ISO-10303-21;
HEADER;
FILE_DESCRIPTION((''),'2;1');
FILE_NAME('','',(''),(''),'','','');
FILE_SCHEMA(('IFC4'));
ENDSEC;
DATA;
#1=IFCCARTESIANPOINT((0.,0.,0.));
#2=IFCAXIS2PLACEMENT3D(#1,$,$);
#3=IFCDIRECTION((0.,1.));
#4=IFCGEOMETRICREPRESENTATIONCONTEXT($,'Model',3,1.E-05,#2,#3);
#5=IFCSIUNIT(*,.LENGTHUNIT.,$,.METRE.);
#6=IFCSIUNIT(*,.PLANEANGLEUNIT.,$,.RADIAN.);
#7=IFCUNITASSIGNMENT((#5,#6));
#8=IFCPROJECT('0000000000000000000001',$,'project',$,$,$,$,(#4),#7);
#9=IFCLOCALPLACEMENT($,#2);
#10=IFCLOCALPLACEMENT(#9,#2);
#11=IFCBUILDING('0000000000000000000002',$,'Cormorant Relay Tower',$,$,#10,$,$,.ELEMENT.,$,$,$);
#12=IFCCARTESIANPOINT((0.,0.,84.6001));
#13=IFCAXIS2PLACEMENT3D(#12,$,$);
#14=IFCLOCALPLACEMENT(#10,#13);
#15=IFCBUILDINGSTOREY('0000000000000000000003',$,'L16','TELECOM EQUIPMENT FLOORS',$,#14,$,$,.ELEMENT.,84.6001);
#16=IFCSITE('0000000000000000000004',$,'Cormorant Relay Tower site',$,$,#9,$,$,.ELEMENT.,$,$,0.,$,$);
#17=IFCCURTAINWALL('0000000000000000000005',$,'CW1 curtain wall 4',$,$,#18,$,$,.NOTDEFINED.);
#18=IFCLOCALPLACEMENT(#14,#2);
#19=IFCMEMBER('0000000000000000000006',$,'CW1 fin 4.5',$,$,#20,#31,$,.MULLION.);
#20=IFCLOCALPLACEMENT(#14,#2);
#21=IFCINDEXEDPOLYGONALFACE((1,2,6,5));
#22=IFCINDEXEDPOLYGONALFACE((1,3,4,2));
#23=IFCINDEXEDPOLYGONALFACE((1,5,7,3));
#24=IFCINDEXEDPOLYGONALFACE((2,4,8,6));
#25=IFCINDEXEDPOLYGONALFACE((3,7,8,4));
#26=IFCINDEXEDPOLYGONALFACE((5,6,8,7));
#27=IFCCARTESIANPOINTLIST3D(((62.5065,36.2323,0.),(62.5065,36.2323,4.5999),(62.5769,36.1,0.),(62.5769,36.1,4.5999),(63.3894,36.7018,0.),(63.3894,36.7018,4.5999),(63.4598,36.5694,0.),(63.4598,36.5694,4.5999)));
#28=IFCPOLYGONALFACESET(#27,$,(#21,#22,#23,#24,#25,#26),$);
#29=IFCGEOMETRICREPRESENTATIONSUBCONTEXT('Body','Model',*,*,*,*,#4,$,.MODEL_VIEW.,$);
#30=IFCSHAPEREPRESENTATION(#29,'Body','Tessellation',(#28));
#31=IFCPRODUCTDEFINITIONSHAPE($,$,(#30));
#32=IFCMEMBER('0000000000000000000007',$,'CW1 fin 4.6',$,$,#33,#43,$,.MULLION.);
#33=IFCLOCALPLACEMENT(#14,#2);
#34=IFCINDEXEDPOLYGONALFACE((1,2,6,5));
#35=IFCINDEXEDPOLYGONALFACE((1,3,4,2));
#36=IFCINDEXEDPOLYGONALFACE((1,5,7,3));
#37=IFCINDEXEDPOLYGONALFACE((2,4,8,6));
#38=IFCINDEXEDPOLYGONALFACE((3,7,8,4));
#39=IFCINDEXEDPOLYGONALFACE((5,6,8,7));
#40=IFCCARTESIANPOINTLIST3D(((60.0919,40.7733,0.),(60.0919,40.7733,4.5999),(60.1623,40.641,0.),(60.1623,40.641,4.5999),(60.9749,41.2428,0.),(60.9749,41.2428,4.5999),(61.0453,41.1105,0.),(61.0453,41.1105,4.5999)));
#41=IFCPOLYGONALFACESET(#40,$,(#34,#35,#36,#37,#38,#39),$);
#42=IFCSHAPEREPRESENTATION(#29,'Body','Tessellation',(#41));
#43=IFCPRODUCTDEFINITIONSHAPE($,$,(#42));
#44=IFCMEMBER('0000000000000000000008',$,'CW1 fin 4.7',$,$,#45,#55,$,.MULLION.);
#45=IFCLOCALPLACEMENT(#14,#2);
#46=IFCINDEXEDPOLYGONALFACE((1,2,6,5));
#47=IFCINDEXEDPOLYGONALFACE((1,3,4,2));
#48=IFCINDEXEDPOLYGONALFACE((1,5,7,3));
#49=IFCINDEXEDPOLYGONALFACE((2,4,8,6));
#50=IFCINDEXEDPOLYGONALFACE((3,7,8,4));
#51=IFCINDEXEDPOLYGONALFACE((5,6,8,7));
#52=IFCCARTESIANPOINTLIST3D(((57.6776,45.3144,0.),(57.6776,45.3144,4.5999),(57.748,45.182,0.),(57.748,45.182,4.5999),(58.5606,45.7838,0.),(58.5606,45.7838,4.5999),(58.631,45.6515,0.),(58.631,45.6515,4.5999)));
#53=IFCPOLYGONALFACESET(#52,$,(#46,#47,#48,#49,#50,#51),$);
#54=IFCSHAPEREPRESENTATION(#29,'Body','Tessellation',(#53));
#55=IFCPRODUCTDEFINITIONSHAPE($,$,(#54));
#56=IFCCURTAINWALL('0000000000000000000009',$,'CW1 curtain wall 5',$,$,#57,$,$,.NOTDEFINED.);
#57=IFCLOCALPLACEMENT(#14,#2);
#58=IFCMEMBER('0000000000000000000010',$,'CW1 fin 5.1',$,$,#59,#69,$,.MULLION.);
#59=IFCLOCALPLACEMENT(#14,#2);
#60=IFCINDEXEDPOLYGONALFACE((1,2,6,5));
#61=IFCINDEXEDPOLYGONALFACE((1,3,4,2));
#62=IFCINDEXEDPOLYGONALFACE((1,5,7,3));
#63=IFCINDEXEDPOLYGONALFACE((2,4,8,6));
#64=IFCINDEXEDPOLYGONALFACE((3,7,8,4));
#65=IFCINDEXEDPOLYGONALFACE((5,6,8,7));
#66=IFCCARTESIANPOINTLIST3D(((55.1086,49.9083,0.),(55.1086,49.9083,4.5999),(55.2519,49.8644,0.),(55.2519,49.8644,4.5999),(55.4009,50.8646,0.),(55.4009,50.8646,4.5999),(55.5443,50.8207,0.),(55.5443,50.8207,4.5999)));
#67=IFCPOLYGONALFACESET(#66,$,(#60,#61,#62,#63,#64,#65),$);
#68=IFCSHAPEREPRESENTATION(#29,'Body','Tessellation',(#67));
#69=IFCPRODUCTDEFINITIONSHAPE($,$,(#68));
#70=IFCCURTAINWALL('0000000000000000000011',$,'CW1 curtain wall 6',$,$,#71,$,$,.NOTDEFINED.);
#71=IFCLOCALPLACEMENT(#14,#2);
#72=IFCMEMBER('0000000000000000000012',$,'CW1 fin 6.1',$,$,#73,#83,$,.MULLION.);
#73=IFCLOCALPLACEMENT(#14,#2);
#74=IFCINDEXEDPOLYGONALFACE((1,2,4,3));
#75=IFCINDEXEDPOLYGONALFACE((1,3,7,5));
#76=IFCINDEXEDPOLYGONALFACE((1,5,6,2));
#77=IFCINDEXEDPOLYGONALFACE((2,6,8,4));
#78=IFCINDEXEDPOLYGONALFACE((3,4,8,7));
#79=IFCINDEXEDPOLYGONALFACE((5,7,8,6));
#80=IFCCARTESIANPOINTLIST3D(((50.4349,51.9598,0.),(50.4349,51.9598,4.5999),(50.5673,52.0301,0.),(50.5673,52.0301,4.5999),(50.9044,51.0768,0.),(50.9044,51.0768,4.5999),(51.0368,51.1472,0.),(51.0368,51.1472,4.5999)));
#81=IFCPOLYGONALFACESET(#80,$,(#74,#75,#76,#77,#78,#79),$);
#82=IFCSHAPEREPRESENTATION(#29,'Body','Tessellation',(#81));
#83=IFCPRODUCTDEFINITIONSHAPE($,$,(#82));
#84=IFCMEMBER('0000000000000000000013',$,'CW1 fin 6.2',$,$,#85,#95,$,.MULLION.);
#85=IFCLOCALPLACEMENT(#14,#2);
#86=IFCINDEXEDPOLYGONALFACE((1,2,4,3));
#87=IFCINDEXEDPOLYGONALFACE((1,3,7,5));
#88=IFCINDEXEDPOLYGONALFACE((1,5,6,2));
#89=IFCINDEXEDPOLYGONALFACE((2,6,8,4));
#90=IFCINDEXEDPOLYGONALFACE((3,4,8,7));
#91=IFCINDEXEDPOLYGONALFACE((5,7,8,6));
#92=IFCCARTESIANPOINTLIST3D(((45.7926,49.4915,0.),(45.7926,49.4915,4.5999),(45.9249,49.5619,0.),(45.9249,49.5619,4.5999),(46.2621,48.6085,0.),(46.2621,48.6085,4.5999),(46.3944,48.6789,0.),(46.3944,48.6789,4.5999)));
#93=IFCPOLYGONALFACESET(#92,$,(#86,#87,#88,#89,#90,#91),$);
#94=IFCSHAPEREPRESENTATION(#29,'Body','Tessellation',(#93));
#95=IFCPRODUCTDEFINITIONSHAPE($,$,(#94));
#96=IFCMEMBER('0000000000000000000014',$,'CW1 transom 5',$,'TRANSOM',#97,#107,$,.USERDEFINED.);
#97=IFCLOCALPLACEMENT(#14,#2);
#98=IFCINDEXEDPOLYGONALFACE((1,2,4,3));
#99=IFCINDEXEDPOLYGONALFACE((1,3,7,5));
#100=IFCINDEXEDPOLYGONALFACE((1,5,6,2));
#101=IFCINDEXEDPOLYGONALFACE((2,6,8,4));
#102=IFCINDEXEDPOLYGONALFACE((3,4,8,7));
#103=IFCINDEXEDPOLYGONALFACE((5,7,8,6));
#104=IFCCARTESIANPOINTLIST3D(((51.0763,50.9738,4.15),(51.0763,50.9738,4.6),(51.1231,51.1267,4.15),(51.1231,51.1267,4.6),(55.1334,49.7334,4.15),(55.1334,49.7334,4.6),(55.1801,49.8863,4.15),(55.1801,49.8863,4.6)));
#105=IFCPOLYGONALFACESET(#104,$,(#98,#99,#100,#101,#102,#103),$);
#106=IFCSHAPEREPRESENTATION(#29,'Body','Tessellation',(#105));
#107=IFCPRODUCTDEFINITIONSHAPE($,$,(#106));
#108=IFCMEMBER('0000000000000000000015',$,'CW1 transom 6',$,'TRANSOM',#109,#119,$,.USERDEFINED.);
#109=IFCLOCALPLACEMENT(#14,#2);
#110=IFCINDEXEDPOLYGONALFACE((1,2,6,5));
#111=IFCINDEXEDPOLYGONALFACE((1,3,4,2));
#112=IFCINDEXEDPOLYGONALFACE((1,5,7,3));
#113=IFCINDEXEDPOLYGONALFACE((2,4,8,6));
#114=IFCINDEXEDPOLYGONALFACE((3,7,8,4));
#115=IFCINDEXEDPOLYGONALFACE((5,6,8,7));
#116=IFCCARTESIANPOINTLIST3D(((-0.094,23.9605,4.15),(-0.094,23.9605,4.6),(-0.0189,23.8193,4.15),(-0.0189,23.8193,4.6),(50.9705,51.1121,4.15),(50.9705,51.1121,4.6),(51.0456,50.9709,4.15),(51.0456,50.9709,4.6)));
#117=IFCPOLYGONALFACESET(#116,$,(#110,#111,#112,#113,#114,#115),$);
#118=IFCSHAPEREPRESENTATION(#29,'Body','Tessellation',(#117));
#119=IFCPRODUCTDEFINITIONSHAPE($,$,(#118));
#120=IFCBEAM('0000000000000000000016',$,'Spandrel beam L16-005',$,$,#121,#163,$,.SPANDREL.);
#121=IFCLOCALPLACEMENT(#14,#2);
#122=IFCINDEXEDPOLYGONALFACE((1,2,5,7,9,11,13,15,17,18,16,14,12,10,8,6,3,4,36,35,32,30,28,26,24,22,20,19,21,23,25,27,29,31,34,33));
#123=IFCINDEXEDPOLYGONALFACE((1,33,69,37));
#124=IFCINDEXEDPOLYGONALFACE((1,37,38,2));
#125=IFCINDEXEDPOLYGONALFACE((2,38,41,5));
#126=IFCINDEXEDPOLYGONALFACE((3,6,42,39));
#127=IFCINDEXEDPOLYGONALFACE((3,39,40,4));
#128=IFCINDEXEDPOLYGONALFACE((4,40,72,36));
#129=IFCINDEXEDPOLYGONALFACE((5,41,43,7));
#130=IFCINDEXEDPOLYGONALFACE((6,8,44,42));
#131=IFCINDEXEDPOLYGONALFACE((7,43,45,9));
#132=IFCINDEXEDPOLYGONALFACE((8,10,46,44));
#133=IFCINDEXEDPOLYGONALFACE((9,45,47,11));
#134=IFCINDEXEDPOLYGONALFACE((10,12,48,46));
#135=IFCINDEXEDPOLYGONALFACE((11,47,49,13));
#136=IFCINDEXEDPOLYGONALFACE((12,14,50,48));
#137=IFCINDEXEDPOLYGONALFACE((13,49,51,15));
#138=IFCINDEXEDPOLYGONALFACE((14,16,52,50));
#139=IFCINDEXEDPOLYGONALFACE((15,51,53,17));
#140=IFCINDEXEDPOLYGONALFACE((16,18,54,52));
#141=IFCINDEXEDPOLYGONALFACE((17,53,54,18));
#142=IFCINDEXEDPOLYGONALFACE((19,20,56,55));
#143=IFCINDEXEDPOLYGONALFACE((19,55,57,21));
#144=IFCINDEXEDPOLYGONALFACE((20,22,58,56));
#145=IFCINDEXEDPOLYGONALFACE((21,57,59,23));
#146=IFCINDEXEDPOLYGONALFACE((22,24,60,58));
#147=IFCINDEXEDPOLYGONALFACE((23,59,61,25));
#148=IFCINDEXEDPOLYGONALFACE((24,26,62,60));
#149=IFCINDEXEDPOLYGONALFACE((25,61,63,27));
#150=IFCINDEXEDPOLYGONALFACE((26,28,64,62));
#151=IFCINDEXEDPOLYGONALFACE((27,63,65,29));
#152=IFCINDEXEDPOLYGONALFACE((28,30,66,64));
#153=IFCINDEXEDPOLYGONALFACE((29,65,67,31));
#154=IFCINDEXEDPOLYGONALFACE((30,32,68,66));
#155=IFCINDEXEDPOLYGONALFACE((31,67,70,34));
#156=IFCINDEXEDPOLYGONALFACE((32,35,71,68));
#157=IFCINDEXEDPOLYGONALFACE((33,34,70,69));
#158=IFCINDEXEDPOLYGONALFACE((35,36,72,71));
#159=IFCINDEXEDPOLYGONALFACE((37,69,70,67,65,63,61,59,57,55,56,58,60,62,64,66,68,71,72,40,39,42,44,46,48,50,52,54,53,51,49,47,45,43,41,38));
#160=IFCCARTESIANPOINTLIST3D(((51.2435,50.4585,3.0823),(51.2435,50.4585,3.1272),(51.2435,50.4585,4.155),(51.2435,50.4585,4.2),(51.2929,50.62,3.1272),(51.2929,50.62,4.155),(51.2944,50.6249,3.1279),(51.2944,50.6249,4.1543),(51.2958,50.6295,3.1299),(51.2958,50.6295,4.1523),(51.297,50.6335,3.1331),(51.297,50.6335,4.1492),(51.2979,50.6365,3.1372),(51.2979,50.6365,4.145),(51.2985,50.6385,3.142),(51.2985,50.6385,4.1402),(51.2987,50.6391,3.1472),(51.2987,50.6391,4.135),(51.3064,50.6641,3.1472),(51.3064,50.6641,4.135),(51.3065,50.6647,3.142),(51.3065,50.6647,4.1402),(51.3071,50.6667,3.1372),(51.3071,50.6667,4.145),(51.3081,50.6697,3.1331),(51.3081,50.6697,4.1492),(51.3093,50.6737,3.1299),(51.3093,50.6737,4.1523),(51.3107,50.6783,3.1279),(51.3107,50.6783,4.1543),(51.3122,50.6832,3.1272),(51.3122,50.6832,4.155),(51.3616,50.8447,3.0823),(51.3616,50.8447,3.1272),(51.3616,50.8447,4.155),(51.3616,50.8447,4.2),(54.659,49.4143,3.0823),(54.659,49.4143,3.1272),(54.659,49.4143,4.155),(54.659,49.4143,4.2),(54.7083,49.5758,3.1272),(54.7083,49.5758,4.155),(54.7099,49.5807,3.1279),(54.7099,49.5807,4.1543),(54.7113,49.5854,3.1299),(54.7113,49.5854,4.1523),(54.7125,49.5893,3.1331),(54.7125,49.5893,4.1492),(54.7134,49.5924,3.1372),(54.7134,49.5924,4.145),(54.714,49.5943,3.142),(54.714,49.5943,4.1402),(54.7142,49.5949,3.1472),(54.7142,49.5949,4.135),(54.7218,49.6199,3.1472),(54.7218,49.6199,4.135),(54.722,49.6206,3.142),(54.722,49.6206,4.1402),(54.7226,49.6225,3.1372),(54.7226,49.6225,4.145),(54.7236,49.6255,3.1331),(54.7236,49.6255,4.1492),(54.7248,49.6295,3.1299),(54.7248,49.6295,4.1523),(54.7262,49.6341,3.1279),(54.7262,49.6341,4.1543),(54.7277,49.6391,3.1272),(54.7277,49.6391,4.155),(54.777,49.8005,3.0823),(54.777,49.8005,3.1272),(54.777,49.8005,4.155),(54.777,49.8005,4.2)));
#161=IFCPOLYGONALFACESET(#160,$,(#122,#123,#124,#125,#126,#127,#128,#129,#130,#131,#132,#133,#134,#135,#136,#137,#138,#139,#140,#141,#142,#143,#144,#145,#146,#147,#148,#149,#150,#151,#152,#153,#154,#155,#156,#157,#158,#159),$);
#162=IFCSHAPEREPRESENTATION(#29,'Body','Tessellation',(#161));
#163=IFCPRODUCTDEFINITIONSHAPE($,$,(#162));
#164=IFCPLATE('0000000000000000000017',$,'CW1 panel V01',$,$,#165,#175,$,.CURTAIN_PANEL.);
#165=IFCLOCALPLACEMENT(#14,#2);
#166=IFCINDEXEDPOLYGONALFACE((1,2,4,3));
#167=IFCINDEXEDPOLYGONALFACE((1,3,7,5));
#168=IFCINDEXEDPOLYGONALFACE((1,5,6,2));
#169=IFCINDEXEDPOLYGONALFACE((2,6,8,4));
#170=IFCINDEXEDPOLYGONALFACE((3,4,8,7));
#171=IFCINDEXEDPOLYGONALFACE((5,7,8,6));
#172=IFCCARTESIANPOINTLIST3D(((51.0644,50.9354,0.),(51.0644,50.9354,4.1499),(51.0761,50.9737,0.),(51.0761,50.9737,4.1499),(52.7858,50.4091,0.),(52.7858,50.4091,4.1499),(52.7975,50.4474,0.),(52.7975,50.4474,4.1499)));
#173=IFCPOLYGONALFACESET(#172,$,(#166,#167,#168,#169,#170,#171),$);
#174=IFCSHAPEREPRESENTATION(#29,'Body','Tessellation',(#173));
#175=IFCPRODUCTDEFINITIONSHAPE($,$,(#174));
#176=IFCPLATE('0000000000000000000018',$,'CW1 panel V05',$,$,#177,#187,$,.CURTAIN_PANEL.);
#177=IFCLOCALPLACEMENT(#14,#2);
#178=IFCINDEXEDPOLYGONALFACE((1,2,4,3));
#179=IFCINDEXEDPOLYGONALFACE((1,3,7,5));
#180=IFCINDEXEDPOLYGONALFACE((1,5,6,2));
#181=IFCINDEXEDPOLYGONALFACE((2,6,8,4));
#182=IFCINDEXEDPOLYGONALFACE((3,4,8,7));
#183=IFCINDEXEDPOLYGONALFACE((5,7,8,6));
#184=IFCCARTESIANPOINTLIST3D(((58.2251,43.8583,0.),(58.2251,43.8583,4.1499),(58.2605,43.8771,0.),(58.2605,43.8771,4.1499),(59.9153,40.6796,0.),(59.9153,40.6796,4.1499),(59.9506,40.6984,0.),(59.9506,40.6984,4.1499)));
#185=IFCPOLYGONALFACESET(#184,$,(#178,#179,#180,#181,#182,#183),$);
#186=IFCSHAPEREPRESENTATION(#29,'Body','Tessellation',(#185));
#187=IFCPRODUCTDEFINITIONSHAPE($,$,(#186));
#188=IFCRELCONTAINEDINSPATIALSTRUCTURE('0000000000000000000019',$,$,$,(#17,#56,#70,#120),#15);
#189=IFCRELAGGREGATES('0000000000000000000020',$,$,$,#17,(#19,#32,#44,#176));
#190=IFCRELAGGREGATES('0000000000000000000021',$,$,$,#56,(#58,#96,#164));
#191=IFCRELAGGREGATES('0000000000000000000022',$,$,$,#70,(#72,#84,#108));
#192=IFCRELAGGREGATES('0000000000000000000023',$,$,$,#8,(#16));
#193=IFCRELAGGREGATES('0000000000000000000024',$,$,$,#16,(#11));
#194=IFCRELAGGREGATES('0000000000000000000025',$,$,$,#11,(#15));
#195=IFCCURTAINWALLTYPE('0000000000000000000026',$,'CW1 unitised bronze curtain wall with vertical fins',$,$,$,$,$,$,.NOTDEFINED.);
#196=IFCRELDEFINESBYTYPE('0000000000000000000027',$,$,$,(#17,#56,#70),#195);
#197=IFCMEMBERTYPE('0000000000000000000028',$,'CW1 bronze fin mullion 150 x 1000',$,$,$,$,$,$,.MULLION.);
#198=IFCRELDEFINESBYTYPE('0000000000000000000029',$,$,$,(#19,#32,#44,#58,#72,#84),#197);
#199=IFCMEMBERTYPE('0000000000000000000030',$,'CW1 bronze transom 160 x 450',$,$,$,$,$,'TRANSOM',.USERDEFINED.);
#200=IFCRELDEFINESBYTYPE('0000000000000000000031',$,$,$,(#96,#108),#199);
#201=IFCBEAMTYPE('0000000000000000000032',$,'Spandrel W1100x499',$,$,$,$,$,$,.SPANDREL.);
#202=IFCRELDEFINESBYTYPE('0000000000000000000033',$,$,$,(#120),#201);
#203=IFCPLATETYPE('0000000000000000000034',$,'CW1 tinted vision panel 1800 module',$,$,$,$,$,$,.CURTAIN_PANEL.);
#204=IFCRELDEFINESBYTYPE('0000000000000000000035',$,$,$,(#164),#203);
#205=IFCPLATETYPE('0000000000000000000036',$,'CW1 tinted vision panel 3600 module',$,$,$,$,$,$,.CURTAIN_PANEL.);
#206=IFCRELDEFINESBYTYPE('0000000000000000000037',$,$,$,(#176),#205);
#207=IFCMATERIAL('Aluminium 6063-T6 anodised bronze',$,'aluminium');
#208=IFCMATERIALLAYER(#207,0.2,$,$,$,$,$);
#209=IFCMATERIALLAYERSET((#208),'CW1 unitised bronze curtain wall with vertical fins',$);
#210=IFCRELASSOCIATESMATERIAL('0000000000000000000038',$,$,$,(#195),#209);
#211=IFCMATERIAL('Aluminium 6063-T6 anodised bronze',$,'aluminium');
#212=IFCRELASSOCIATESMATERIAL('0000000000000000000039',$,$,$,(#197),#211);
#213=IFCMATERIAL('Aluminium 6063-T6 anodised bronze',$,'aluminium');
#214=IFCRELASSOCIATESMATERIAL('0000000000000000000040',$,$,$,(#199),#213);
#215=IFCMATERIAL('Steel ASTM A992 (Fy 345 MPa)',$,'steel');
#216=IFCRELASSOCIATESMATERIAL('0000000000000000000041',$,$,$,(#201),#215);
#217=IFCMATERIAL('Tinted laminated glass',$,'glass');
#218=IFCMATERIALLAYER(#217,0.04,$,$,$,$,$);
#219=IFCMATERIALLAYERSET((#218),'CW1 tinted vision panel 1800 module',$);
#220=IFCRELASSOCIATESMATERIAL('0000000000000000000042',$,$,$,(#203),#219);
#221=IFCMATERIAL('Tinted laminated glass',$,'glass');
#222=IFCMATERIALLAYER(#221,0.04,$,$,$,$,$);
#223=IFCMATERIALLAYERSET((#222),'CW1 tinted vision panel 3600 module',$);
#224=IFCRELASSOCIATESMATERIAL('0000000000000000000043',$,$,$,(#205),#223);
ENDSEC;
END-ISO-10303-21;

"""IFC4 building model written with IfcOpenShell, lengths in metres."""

from ifc_helpers import new_model, si_unit, direction, frame, origin, origin_2d, place, context, subcontext, project, spatial, rectangle, i_section, extrude, material, layer, layer_set, material_profile, profile_set, type_object, element, aggregate, save


model = new_model("IFC4")

# Units and contexts
model_context = context("Model", 3, precision=1e-05, world=origin(), true_north=direction((0.0, 1.0)))
body_context = subcontext(model_context, "Body", "Model", "MODEL_VIEW")
ifc_project = project(units=[si_unit("LENGTHUNIT", "METRE"), si_unit("PLANEANGLEUNIT", "RADIAN")], contexts=[model_context])

# Site, building, storey
site_placement = place(None, origin())
site = spatial("IfcSite", under=ifc_project, at=site_placement, Name="Cormorant Relay Tower site", CompositionType="ELEMENT", RefElevation=0.0)
building_placement = place(site_placement, origin())
building = spatial("IfcBuilding", under=site, at=building_placement, Name="Cormorant Relay Tower", CompositionType="ELEMENT")
storey_placement = place(building_placement, frame((0.0, 0.0, 84.6001)))
storey = spatial("IfcBuildingStorey", under=building, at=storey_placement, Name="L16", Description="TELECOM EQUIPMENT FLOORS", CompositionType="ELEMENT", Elevation=84.6001)

# Curtain wall, members
ifc_material_1 = material(Name="Aluminium 6063-T6 anodised bronze", Category="aluminium")
ifc_layer_1 = layer(ifc_material_1, 0.2)
ifc_layer_set_1 = layer_set([ifc_layer_1], Name="CW1 unitised bronze curtain wall with vertical fins")
curtain_wall_type = type_object("IfcCurtainWallType", Name="CW1 unitised bronze curtain wall with vertical fins", PredefinedType="NOTDEFINED", material=ifc_layer_set_1)
curtain_wall_1_placement = place(storey_placement, origin())
curtain_wall_1 = element("IfcCurtainWall", 1, at=curtain_wall_1_placement, inside=storey, type_object=curtain_wall_type, Name="CW1 curtain wall 4", PredefinedType="NOTDEFINED")
ifc_material_2 = material(Name="Aluminium 6063-T6 anodised bronze", Category="aluminium")
ifc_material_profile_1 = material_profile(ifc_material_2, rectangle(XDim=0.1499, YDim=1.0, at=origin_2d()), Name="AL 150x1000")
ifc_profile_set_1 = profile_set([ifc_material_profile_1], Name="Aluminium 6063-T6 anodised bronze")
member_type_1 = type_object("IfcMemberType", Name="CW1 bronze fin mullion 150 x 1000", PredefinedType="MULLION", material=ifc_profile_set_1)
member_1_placement = place(storey_placement, frame((62.9832, 36.4009, 0.0), z_axis=(0.0, 0.0, 1.0), x_axis=(-0.469472, 0.882948, 0.0)))
member_1 = element("IfcMember", 2, at=member_1_placement, type_object=member_type_1, Name="CW1 fin 4.5", PredefinedType="MULLION", context=body_context, shape_type="SweptSolid", body=[
    extrude(rectangle(XDim=0.1499, YDim=1.0, at=origin_2d()), origin(), (0.0, 0.0, 1.0), 4.5999),
])
member_2_placement = place(storey_placement, frame((60.5686, 40.9419, 0.0), z_axis=(0.0, 0.0, 1.0), x_axis=(-0.469472, 0.882948, 0.0)))
member_2 = element("IfcMember", 3, at=member_2_placement, type_object=member_type_1, Name="CW1 fin 4.6", PredefinedType="MULLION", context=body_context, shape_type="SweptSolid", body=[
    extrude(rectangle(XDim=0.1499, YDim=1.0, at=origin_2d()), origin(), (0.0, 0.0, 1.0), 4.5999),
])
member_3_placement = place(storey_placement, frame((58.1543, 45.4829, 0.0), z_axis=(0.0, 0.0, 1.0), x_axis=(-0.469472, 0.882948, 0.0)))
member_3 = element("IfcMember", 4, at=member_3_placement, type_object=member_type_1, Name="CW1 fin 4.7", PredefinedType="MULLION", context=body_context, shape_type="SweptSolid", body=[
    extrude(rectangle(XDim=0.1499, YDim=1.0, at=origin_2d()), origin(), (0.0, 0.0, 1.0), 4.5999),
])

# Curtain wall, member
curtain_wall_2_placement = place(storey_placement, origin())
curtain_wall_2 = element("IfcCurtainWall", 5, at=curtain_wall_2_placement, inside=storey, type_object=curtain_wall_type, Name="CW1 curtain wall 5", PredefinedType="NOTDEFINED")
member_4_placement = place(storey_placement, frame((55.3264, 50.3645, 0.0), z_axis=(0.0, 0.0, 1.0), x_axis=(-0.956305, 0.292372, 0.0)))
member_4 = element("IfcMember", 6, at=member_4_placement, type_object=member_type_1, Name="CW1 fin 5.1", PredefinedType="MULLION", context=body_context, shape_type="SweptSolid", body=[
    extrude(rectangle(XDim=0.1499, YDim=1.0, at=origin_2d()), origin(), (0.0, 0.0, 1.0), 4.5999),
])

# Curtain wall, members
curtain_wall_3_placement = place(storey_placement, origin())
curtain_wall_3 = element("IfcCurtainWall", 7, at=curtain_wall_3_placement, inside=storey, type_object=curtain_wall_type, Name="CW1 curtain wall 6", PredefinedType="NOTDEFINED")
member_5_placement = place(storey_placement, frame((50.7358, 51.5535, 0.0), z_axis=(0.0, 0.0, 1.0), x_axis=(-0.882948, -0.469472, 0.0)))
member_5 = element("IfcMember", 8, at=member_5_placement, type_object=member_type_1, Name="CW1 fin 6.1", PredefinedType="MULLION", context=body_context, shape_type="SweptSolid", body=[
    extrude(rectangle(XDim=0.1499, YDim=1.0, at=origin_2d()), origin(), (0.0, 0.0, 1.0), 4.5999),
])
member_6_placement = place(storey_placement, frame((46.0935, 49.0852, 0.0), z_axis=(0.0, 0.0, 1.0), x_axis=(-0.882948, -0.469472, 0.0)))
member_6 = element("IfcMember", 9, at=member_6_placement, type_object=member_type_1, Name="CW1 fin 6.2", PredefinedType="MULLION", context=body_context, shape_type="SweptSolid", body=[
    extrude(rectangle(XDim=0.1499, YDim=1.0, at=origin_2d()), origin(), (0.0, 0.0, 1.0), 4.5999),
])

# Members
ifc_material_3 = material(Name="Aluminium 6063-T6 anodised bronze", Category="aluminium")
ifc_material_profile_2 = material_profile(ifc_material_3, rectangle(XDim=0.1599, YDim=0.45, at=origin_2d()), Name="AL 160x450")
ifc_profile_set_2 = profile_set([ifc_material_profile_2], Name="Aluminium 6063-T6 anodised bronze")
member_type_2 = type_object("IfcMemberType", Name="CW1 bronze transom 160 x 450", ElementType="TRANSOM", PredefinedType="USERDEFINED", material=ifc_profile_set_2)
member_7_placement = place(storey_placement, frame((55.1567, 49.8098, 4.375), z_axis=(-0.956299, 0.292391, 0.0), x_axis=(-0.292391, -0.956299, 0.0)))
member_7 = element("IfcMember", 10, at=member_7_placement, type_object=member_type_2, Name="CW1 transom 5", ObjectType="TRANSOM", PredefinedType="USERDEFINED", context=body_context, shape_type="SweptSolid", body=[
    extrude(rectangle(XDim=0.1599, YDim=0.45, at=origin_2d()), origin(), (0.0, 0.0, 1.0), 4.2424),
])
member_8_placement = place(storey_placement, frame((51.0081, 51.0415, 4.375), z_axis=(-0.882946, -0.469474, 0.0), x_axis=(0.469474, -0.882946, 0.0)))
member_8 = element("IfcMember", 11, at=member_8_placement, type_object=member_type_2, Name="CW1 transom 6", ObjectType="TRANSOM", PredefinedType="USERDEFINED", context=body_context, shape_type="SweptSolid", body=[
    extrude(rectangle(XDim=0.1599, YDim=0.45, at=origin_2d()), origin(), (0.0, 0.0, 1.0), 57.8342),
])

# Beam
ifc_material_4 = material(Name="Steel ASTM A992 (Fy 345 MPa)", Category="steel")
ifc_material_profile_3 = material_profile(ifc_material_4, i_section(OverallWidth=0.4038, OverallDepth=1.1177, WebThickness=0.0261, FlangeThickness=0.0449, FilletRadius=0.02, at=origin_2d()), Name="W1100x499")
ifc_profile_set_3 = profile_set([ifc_material_profile_3], Name="Steel ASTM A992 (Fy 345 MPa)")
beam_type = type_object("IfcBeamType", Name="Spandrel W1100x499", PredefinedType="SPANDREL", material=ifc_profile_set_3)
beam_placement = place(storey_placement, frame((54.718, 49.6074, 3.6411), z_axis=(-0.956308, 0.292361, 0.0), x_axis=(-0.292361, -0.956308, 0.0)))
element("IfcBeam", 12, at=beam_placement, inside=storey, type_object=beam_type, Name="Spandrel beam L16-005", PredefinedType="SPANDREL", context=body_context, shape_type="SweptSolid", body=[
    extrude(i_section(OverallWidth=0.4038, OverallDepth=1.1177, WebThickness=0.0261, FlangeThickness=0.0449, FilletRadius=0.02, at=origin_2d()), origin(), (0.0, 0.0, 1.0), 3.5715),
])

# Plates
ifc_material_5 = material(Name="Tinted laminated glass", Category="glass")
ifc_layer_2 = layer(ifc_material_5, 0.04)
ifc_layer_set_2 = layer_set([ifc_layer_2], Name="CW1 tinted vision panel 1800 module")
plate_type_1 = type_object("IfcPlateType", Name="CW1 tinted vision panel 1800 module", PredefinedType="CURTAIN_PANEL", material=ifc_layer_set_2)
plate_1_placement = place(storey_placement, frame((51.9309, 50.6914, 0.0), z_axis=(0.0, 0.0, 1.0), x_axis=(-0.956305, 0.292372, 0.0)))
plate_1 = element("IfcPlate", 13, at=plate_1_placement, type_object=plate_type_1, Name="CW1 panel V01", PredefinedType="CURTAIN_PANEL", context=body_context, shape_type="SweptSolid", body=[
    extrude(rectangle(XDim=1.8, YDim=0.04, at=origin_2d()), origin(), (0.0, 0.0, 1.0), 4.1499),
])
ifc_material_6 = material(Name="Tinted laminated glass", Category="glass")
ifc_layer_3 = layer(ifc_material_6, 0.04)
ifc_layer_set_3 = layer_set([ifc_layer_3], Name="CW1 tinted vision panel 3600 module")
plate_type_2 = type_object("IfcPlateType", Name="CW1 tinted vision panel 3600 module", PredefinedType="CURTAIN_PANEL", material=ifc_layer_set_3)
plate_2_placement = place(storey_placement, frame((59.0879, 42.2783, 0.0), z_axis=(0.0, 0.0, 1.0), x_axis=(-0.469472, 0.882948, 0.0)))
plate_2 = element("IfcPlate", 14, at=plate_2_placement, type_object=plate_type_2, Name="CW1 panel V05", PredefinedType="CURTAIN_PANEL", context=body_context, shape_type="SweptSolid", body=[
    extrude(rectangle(XDim=3.6001, YDim=0.04, at=origin_2d()), origin(), (0.0, 0.0, 1.0), 4.1499),
])

aggregate(curtain_wall_1, [member_1, member_2, member_3, plate_2])
aggregate(curtain_wall_2, [member_4, member_7, plate_1])
aggregate(curtain_wall_3, [member_5, member_6, member_8])

save(model, "model.ifc")
